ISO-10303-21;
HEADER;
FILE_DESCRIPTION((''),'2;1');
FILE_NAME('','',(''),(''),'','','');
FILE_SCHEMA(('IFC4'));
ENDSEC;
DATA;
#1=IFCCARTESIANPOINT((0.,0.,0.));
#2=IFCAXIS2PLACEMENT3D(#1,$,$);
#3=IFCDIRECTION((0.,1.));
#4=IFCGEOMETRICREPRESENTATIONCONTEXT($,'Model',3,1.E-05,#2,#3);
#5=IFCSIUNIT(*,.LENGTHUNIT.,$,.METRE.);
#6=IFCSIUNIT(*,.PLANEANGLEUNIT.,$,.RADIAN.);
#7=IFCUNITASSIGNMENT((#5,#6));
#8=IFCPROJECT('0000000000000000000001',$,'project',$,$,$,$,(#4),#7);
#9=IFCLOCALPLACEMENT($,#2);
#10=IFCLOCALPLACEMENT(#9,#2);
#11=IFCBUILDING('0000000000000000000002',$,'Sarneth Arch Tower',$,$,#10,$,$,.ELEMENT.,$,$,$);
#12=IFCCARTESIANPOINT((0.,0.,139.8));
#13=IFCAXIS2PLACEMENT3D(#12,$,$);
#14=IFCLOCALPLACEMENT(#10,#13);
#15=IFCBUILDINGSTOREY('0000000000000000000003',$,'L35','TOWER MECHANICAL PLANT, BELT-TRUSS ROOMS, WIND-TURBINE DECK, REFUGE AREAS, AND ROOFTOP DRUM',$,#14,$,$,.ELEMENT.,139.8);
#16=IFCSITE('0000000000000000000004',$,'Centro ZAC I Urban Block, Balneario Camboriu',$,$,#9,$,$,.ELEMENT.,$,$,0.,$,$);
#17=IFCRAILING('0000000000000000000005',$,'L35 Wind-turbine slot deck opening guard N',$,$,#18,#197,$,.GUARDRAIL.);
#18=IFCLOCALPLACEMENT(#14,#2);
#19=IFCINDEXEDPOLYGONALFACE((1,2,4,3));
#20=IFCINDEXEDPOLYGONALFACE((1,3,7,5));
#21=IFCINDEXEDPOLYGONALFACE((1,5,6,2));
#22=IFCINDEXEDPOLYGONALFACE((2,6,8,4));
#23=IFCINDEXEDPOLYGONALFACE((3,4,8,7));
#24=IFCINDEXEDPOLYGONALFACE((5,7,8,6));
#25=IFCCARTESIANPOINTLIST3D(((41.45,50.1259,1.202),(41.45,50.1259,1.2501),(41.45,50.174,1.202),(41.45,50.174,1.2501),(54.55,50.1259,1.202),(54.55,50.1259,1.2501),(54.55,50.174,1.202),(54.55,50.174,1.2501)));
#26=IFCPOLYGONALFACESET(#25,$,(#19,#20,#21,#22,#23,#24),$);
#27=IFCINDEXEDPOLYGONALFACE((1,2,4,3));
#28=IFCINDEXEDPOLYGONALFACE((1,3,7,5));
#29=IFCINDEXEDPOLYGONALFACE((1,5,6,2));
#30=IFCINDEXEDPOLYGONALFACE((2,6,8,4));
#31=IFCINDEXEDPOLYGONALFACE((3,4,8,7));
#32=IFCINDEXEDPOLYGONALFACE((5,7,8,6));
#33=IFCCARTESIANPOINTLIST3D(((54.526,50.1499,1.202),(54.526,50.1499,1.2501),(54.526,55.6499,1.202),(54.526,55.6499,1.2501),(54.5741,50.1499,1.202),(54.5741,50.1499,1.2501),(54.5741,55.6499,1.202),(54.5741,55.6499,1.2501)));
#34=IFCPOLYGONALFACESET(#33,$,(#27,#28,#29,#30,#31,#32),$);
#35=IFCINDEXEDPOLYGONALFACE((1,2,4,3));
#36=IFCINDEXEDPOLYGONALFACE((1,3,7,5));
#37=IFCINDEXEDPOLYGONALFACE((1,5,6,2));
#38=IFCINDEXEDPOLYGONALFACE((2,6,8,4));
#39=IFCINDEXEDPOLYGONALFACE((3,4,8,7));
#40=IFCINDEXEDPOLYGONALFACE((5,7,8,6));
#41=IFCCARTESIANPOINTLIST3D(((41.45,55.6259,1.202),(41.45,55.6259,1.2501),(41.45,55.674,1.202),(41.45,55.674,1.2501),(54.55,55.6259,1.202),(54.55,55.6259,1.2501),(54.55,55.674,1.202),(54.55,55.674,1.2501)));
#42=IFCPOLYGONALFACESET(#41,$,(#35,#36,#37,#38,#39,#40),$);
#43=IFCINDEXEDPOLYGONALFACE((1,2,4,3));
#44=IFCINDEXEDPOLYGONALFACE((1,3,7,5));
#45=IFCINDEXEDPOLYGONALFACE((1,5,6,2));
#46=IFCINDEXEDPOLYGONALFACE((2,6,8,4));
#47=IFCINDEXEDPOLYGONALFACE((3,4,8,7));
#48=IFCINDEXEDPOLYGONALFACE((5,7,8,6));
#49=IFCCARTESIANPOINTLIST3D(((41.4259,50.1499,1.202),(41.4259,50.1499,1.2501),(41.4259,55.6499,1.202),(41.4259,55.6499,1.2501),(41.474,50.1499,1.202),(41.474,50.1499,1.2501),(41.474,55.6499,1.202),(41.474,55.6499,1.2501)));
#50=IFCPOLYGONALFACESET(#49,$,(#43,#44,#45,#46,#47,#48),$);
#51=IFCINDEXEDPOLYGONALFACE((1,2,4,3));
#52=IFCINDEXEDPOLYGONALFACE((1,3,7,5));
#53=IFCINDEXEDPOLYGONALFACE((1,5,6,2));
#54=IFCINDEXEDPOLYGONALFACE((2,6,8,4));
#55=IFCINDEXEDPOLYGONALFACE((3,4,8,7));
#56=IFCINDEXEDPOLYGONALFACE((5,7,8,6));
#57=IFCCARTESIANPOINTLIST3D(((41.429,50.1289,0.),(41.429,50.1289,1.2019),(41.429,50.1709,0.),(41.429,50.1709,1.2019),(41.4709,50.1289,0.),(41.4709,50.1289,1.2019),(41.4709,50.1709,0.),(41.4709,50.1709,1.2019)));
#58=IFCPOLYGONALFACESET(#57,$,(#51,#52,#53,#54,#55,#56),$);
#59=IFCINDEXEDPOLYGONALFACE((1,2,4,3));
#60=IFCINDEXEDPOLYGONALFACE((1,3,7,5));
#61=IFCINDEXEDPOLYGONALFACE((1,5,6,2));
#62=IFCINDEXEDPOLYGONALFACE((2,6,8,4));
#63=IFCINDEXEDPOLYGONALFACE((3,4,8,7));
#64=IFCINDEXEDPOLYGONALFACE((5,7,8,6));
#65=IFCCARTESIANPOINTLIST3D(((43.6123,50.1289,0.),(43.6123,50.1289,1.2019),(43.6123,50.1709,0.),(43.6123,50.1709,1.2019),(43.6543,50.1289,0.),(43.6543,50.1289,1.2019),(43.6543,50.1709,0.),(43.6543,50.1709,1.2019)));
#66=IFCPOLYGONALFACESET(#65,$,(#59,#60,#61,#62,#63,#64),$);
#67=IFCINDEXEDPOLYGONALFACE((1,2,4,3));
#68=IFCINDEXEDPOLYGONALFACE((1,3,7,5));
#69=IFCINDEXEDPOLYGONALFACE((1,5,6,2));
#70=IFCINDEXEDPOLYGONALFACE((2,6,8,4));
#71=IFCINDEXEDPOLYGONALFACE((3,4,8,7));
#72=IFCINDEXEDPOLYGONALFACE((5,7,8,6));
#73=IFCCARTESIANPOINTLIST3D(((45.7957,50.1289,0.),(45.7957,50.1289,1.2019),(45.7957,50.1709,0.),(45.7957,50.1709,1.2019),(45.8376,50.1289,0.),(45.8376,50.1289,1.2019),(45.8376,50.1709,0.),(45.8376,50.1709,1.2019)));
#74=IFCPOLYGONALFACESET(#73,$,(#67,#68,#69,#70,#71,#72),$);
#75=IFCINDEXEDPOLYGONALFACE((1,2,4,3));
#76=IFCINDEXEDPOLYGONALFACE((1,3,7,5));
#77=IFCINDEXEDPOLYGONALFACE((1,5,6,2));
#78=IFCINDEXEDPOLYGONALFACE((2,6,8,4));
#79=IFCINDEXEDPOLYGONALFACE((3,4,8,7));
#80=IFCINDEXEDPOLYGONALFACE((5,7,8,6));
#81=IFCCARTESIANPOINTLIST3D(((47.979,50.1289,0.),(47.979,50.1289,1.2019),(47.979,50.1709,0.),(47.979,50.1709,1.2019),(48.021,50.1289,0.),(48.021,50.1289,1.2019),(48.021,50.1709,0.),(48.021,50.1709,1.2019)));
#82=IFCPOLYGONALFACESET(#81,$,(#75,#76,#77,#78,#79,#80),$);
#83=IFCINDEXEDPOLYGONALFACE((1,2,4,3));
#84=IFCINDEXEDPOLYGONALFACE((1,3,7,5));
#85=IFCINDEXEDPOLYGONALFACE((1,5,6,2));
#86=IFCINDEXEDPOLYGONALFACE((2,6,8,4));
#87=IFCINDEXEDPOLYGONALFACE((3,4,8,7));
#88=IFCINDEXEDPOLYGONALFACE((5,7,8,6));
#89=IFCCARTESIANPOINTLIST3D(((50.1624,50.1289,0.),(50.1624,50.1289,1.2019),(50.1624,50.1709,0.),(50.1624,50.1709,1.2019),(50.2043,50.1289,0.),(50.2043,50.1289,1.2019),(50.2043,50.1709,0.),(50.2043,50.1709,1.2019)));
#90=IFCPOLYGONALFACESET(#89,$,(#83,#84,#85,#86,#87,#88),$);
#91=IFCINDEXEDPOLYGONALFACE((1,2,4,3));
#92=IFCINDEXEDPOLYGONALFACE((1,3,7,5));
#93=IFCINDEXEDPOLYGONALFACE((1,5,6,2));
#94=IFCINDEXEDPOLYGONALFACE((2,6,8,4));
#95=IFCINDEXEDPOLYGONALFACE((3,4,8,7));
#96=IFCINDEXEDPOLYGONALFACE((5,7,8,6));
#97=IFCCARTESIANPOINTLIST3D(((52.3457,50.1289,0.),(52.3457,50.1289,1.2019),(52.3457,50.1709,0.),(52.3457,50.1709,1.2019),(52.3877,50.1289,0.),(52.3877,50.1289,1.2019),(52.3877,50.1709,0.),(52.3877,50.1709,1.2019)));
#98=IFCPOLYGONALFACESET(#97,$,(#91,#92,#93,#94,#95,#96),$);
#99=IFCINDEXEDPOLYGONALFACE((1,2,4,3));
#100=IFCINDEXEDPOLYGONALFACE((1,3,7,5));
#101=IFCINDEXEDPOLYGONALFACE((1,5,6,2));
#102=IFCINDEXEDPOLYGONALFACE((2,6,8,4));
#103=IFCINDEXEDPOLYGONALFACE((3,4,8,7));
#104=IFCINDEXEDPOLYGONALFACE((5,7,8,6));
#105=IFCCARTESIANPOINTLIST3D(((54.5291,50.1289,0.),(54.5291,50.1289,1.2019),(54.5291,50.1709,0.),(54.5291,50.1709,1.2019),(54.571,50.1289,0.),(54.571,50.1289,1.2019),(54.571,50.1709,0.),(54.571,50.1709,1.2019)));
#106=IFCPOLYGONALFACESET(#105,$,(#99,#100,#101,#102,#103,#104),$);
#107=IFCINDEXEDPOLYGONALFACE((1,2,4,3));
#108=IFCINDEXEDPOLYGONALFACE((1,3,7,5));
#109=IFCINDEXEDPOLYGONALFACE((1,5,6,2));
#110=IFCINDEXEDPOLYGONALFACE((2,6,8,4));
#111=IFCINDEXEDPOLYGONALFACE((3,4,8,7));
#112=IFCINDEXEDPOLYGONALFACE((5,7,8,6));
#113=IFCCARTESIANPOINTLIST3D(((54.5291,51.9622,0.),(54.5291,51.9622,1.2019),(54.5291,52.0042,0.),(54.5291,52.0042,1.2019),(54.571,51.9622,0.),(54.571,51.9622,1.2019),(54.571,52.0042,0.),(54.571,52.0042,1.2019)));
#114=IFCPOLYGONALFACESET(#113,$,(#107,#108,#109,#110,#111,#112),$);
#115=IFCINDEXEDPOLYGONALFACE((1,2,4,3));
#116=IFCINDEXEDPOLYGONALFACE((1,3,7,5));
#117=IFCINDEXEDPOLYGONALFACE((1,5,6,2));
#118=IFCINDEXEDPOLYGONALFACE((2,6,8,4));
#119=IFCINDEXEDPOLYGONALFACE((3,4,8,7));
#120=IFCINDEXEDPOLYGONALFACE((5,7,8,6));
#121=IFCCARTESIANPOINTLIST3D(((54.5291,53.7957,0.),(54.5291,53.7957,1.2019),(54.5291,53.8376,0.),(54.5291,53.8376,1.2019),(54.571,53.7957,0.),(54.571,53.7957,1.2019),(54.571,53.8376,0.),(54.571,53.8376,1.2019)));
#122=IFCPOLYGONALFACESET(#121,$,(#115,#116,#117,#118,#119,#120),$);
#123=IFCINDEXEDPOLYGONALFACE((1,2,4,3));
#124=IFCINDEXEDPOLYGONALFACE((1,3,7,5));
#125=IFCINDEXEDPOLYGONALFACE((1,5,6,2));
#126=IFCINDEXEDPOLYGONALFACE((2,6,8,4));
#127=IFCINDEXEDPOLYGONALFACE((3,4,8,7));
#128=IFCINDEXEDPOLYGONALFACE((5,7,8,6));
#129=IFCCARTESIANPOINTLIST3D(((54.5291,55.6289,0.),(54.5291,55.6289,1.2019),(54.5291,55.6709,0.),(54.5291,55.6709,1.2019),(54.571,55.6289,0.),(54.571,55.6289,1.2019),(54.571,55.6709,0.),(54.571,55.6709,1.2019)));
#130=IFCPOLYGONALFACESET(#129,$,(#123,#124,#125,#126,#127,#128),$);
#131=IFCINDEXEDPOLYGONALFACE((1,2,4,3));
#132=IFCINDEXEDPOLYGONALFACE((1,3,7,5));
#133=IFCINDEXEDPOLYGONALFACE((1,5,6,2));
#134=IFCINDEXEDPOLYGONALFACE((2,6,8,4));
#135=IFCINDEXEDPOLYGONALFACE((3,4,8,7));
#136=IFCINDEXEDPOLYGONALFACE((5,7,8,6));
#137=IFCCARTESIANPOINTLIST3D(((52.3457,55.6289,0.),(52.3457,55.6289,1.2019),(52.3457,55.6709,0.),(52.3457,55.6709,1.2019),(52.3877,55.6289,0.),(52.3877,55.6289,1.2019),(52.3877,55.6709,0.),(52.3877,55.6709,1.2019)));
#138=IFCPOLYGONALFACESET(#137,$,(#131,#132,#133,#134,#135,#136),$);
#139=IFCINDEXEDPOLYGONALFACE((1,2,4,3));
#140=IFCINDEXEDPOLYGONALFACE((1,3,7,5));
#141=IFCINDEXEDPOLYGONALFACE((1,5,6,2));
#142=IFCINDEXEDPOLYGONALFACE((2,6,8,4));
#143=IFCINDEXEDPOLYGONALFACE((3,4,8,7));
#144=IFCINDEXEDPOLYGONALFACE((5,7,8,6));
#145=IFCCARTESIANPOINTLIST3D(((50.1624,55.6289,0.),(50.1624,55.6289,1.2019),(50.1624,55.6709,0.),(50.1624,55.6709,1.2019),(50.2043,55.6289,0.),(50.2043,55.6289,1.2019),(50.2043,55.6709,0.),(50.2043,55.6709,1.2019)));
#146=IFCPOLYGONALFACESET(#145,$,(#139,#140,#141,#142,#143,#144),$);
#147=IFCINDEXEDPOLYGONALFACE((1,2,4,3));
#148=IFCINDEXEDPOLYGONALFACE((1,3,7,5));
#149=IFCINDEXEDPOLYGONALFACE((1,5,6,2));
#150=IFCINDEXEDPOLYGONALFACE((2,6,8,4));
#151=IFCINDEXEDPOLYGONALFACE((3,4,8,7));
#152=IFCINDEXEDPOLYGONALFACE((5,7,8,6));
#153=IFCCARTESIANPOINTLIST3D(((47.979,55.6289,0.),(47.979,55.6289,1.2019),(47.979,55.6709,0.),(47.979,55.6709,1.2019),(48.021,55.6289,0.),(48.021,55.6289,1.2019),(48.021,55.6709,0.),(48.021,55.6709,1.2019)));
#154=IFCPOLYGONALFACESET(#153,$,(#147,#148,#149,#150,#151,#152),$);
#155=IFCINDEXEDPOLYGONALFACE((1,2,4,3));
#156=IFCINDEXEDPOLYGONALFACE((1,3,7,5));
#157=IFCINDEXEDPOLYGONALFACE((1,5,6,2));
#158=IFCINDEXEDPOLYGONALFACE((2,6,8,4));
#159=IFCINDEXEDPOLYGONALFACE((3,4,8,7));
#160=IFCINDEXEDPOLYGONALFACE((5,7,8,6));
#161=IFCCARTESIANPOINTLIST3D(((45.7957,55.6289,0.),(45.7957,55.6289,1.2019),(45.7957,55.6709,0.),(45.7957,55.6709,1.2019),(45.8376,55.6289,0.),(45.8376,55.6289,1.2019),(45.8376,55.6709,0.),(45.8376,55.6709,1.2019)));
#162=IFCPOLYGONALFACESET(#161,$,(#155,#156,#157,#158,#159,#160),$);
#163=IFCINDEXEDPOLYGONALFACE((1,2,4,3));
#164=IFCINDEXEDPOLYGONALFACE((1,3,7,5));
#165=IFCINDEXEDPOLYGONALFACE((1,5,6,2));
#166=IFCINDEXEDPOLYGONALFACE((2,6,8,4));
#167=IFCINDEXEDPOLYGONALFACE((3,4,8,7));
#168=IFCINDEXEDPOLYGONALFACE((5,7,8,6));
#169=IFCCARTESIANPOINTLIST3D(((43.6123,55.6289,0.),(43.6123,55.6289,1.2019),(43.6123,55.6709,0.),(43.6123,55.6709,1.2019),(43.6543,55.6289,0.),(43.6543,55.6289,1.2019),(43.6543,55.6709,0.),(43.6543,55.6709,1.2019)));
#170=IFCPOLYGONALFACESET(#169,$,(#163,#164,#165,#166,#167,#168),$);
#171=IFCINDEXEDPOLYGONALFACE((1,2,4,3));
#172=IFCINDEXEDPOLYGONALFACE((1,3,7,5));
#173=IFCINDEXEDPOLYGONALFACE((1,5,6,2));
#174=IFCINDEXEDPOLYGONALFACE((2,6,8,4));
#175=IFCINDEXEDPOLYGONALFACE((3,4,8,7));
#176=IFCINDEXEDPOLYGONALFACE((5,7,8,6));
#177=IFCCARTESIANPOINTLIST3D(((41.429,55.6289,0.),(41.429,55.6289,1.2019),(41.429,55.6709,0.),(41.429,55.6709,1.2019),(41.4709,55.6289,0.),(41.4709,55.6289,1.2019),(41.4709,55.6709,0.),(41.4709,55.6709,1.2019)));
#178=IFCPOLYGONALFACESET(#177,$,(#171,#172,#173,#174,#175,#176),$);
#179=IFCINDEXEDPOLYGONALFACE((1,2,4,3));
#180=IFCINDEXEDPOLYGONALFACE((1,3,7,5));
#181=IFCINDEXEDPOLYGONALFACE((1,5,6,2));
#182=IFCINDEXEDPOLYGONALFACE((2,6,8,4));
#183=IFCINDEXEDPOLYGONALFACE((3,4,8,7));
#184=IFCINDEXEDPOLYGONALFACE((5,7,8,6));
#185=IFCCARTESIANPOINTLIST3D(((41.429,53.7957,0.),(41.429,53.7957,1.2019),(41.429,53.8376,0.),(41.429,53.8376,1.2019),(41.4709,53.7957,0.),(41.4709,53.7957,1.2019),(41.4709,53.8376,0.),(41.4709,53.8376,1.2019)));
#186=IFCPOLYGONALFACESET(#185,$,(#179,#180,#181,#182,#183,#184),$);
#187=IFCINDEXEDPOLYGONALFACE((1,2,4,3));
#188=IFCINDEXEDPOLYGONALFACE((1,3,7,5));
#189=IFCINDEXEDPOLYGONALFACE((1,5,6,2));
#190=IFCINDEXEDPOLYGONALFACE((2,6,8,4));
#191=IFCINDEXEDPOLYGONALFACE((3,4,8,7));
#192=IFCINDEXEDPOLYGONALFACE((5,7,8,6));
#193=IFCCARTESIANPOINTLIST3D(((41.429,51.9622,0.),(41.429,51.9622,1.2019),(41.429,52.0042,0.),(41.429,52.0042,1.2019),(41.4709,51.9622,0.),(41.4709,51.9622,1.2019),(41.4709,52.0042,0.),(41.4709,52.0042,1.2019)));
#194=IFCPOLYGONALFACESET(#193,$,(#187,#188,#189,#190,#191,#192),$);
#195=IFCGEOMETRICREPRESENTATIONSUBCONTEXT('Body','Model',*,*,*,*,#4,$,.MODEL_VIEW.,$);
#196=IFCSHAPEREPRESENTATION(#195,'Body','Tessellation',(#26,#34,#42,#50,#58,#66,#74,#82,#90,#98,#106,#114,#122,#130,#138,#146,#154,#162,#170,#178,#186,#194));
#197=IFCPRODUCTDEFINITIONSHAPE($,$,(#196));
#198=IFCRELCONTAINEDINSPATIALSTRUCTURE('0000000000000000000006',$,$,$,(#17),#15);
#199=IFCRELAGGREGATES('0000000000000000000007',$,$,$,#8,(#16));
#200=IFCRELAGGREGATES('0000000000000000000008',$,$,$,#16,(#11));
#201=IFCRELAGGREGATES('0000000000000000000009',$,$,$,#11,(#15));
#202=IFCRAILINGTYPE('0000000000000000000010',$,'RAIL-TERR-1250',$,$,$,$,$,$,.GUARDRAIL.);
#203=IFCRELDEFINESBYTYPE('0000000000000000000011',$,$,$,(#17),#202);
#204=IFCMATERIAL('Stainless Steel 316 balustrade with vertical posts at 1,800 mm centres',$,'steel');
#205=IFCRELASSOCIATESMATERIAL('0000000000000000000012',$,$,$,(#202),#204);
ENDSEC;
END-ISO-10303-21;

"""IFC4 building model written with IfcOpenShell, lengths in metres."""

from ifc_helpers import new_model, si_unit, direction, frame, origin, origin_2d, place, context, subcontext, project, spatial, rectangle, extrude, material, type_object, element, save


model = new_model("IFC4")

# Units and contexts
model_context = context("Model", 3, precision=1e-05, world=origin(), true_north=direction((0.0, 1.0)))
body_context = subcontext(model_context, "Body", "Model", "MODEL_VIEW")
ifc_project = project(units=[si_unit("LENGTHUNIT", "METRE"), si_unit("PLANEANGLEUNIT", "RADIAN")], contexts=[model_context])

# Site, building, storey
site_placement = place(None, origin())
site = spatial("IfcSite", under=ifc_project, at=site_placement, Name="Centro ZAC I Urban Block, Balneario Camboriu", CompositionType="ELEMENT", RefElevation=0.0)
building_placement = place(site_placement, origin())
building = spatial("IfcBuilding", under=site, at=building_placement, Name="Sarneth Arch Tower", CompositionType="ELEMENT")
storey_placement = place(building_placement, frame((0.0, 0.0, 139.8)))
storey = spatial("IfcBuildingStorey", under=building, at=storey_placement, Name="L35", Description="TOWER MECHANICAL PLANT, BELT-TRUSS ROOMS, WIND-TURBINE DECK, REFUGE AREAS, AND ROOFTOP DRUM", CompositionType="ELEMENT", Elevation=139.8)

# Railing
ifc_material_1 = material(Name="Stainless Steel 316 balustrade with vertical posts at 1,800 mm centres", Category="steel")
railing_type_1 = type_object("IfcRailingType", Name="RAIL-TERR-1250", PredefinedType="GUARDRAIL", material=ifc_material_1)
railing_1_placement = place(storey_placement, frame((41.45, 50.1499, 0.0)))
element("IfcRailing", 1, at=railing_1_placement, inside=storey, type_object=railing_type_1, Name="L35 Wind-turbine slot deck opening guard N", PredefinedType="GUARDRAIL", context=body_context, shape_type="SweptSolid", body=[
    extrude(rectangle(XDim=0.0481, YDim=0.0481, at=origin_2d()), frame((0.0, 0.0, 1.2261), z_axis=(1.0, 0.0, 0.0), x_axis=(0.0, 1.0, 0.0)), (0.0, 0.0, 1.0), 13.1001),
    extrude(rectangle(XDim=0.0481, YDim=0.0481, at=origin_2d()), frame((13.1001, 0.0, 1.2261), z_axis=(0.0, 1.0, 0.0), x_axis=(-1.0, 0.0, 0.0)), (0.0, 0.0, 1.0), 5.5),
    extrude(rectangle(XDim=0.0481, YDim=0.0481, at=origin_2d()), frame((13.1001, 5.5, 1.2261), z_axis=(-1.0, 0.0, 0.0), x_axis=(0.0, -1.0, 0.0)), (0.0, 0.0, 1.0), 13.1001),
    extrude(rectangle(XDim=0.0481, YDim=0.0481, at=origin_2d()), frame((0.0, 5.5, 1.2261), z_axis=(0.0, -1.0, 0.0), x_axis=(1.0, 0.0, 0.0)), (0.0, 0.0, 1.0), 5.5),
    extrude(rectangle(XDim=0.042, YDim=0.042, at=origin_2d()), origin(), (0.0, 0.0, 1.0), 1.2019),
    extrude(rectangle(XDim=0.042, YDim=0.042, at=origin_2d()), frame((2.1833, 0.0, 0.0)), (0.0, 0.0, 1.0), 1.2019),
    extrude(rectangle(XDim=0.042, YDim=0.042, at=origin_2d()), frame((4.3667, 0.0, 0.0)), (0.0, 0.0, 1.0), 1.2019),
    extrude(rectangle(XDim=0.042, YDim=0.042, at=origin_2d()), frame((6.55, 0.0, 0.0)), (0.0, 0.0, 1.0), 1.2019),
    extrude(rectangle(XDim=0.042, YDim=0.042, at=origin_2d()), frame((8.7334, 0.0, 0.0)), (0.0, 0.0, 1.0), 1.2019),
    extrude(rectangle(XDim=0.042, YDim=0.042, at=origin_2d()), frame((10.9167, 0.0, 0.0)), (0.0, 0.0, 1.0), 1.2019),
    extrude(rectangle(XDim=0.042, YDim=0.042, at=origin_2d()), frame((13.1001, 0.0, 0.0)), (0.0, 0.0, 1.0), 1.2019),
    extrude(rectangle(XDim=0.042, YDim=0.042, at=origin_2d()), frame((13.1001, 1.8333, 0.0)), (0.0, 0.0, 1.0), 1.2019),
    extrude(rectangle(XDim=0.042, YDim=0.042, at=origin_2d()), frame((13.1001, 3.6667, 0.0)), (0.0, 0.0, 1.0), 1.2019),
    extrude(rectangle(XDim=0.042, YDim=0.042, at=origin_2d()), frame((13.1001, 5.5, 0.0)), (0.0, 0.0, 1.0), 1.2019),
    extrude(rectangle(XDim=0.042, YDim=0.042, at=origin_2d()), frame((10.9167, 5.5, 0.0)), (0.0, 0.0, 1.0), 1.2019),
    extrude(rectangle(XDim=0.042, YDim=0.042, at=origin_2d()), frame((8.7334, 5.5, 0.0)), (0.0, 0.0, 1.0), 1.2019),
    extrude(rectangle(XDim=0.042, YDim=0.042, at=origin_2d()), frame((6.55, 5.5, 0.0)), (0.0, 0.0, 1.0), 1.2019),
    extrude(rectangle(XDim=0.042, YDim=0.042, at=origin_2d()), frame((4.3667, 5.5, 0.0)), (0.0, 0.0, 1.0), 1.2019),
    extrude(rectangle(XDim=0.042, YDim=0.042, at=origin_2d()), frame((2.1833, 5.5, 0.0)), (0.0, 0.0, 1.0), 1.2019),
    extrude(rectangle(XDim=0.042, YDim=0.042, at=origin_2d()), frame((0.0, 5.5, 0.0)), (0.0, 0.0, 1.0), 1.2019),
    extrude(rectangle(XDim=0.042, YDim=0.042, at=origin_2d()), frame((0.0, 3.6667, 0.0)), (0.0, 0.0, 1.0), 1.2019),
    extrude(rectangle(XDim=0.042, YDim=0.042, at=origin_2d()), frame((0.0, 1.8333, 0.0)), (0.0, 0.0, 1.0), 1.2019),
])

save(model, "model.ifc")
